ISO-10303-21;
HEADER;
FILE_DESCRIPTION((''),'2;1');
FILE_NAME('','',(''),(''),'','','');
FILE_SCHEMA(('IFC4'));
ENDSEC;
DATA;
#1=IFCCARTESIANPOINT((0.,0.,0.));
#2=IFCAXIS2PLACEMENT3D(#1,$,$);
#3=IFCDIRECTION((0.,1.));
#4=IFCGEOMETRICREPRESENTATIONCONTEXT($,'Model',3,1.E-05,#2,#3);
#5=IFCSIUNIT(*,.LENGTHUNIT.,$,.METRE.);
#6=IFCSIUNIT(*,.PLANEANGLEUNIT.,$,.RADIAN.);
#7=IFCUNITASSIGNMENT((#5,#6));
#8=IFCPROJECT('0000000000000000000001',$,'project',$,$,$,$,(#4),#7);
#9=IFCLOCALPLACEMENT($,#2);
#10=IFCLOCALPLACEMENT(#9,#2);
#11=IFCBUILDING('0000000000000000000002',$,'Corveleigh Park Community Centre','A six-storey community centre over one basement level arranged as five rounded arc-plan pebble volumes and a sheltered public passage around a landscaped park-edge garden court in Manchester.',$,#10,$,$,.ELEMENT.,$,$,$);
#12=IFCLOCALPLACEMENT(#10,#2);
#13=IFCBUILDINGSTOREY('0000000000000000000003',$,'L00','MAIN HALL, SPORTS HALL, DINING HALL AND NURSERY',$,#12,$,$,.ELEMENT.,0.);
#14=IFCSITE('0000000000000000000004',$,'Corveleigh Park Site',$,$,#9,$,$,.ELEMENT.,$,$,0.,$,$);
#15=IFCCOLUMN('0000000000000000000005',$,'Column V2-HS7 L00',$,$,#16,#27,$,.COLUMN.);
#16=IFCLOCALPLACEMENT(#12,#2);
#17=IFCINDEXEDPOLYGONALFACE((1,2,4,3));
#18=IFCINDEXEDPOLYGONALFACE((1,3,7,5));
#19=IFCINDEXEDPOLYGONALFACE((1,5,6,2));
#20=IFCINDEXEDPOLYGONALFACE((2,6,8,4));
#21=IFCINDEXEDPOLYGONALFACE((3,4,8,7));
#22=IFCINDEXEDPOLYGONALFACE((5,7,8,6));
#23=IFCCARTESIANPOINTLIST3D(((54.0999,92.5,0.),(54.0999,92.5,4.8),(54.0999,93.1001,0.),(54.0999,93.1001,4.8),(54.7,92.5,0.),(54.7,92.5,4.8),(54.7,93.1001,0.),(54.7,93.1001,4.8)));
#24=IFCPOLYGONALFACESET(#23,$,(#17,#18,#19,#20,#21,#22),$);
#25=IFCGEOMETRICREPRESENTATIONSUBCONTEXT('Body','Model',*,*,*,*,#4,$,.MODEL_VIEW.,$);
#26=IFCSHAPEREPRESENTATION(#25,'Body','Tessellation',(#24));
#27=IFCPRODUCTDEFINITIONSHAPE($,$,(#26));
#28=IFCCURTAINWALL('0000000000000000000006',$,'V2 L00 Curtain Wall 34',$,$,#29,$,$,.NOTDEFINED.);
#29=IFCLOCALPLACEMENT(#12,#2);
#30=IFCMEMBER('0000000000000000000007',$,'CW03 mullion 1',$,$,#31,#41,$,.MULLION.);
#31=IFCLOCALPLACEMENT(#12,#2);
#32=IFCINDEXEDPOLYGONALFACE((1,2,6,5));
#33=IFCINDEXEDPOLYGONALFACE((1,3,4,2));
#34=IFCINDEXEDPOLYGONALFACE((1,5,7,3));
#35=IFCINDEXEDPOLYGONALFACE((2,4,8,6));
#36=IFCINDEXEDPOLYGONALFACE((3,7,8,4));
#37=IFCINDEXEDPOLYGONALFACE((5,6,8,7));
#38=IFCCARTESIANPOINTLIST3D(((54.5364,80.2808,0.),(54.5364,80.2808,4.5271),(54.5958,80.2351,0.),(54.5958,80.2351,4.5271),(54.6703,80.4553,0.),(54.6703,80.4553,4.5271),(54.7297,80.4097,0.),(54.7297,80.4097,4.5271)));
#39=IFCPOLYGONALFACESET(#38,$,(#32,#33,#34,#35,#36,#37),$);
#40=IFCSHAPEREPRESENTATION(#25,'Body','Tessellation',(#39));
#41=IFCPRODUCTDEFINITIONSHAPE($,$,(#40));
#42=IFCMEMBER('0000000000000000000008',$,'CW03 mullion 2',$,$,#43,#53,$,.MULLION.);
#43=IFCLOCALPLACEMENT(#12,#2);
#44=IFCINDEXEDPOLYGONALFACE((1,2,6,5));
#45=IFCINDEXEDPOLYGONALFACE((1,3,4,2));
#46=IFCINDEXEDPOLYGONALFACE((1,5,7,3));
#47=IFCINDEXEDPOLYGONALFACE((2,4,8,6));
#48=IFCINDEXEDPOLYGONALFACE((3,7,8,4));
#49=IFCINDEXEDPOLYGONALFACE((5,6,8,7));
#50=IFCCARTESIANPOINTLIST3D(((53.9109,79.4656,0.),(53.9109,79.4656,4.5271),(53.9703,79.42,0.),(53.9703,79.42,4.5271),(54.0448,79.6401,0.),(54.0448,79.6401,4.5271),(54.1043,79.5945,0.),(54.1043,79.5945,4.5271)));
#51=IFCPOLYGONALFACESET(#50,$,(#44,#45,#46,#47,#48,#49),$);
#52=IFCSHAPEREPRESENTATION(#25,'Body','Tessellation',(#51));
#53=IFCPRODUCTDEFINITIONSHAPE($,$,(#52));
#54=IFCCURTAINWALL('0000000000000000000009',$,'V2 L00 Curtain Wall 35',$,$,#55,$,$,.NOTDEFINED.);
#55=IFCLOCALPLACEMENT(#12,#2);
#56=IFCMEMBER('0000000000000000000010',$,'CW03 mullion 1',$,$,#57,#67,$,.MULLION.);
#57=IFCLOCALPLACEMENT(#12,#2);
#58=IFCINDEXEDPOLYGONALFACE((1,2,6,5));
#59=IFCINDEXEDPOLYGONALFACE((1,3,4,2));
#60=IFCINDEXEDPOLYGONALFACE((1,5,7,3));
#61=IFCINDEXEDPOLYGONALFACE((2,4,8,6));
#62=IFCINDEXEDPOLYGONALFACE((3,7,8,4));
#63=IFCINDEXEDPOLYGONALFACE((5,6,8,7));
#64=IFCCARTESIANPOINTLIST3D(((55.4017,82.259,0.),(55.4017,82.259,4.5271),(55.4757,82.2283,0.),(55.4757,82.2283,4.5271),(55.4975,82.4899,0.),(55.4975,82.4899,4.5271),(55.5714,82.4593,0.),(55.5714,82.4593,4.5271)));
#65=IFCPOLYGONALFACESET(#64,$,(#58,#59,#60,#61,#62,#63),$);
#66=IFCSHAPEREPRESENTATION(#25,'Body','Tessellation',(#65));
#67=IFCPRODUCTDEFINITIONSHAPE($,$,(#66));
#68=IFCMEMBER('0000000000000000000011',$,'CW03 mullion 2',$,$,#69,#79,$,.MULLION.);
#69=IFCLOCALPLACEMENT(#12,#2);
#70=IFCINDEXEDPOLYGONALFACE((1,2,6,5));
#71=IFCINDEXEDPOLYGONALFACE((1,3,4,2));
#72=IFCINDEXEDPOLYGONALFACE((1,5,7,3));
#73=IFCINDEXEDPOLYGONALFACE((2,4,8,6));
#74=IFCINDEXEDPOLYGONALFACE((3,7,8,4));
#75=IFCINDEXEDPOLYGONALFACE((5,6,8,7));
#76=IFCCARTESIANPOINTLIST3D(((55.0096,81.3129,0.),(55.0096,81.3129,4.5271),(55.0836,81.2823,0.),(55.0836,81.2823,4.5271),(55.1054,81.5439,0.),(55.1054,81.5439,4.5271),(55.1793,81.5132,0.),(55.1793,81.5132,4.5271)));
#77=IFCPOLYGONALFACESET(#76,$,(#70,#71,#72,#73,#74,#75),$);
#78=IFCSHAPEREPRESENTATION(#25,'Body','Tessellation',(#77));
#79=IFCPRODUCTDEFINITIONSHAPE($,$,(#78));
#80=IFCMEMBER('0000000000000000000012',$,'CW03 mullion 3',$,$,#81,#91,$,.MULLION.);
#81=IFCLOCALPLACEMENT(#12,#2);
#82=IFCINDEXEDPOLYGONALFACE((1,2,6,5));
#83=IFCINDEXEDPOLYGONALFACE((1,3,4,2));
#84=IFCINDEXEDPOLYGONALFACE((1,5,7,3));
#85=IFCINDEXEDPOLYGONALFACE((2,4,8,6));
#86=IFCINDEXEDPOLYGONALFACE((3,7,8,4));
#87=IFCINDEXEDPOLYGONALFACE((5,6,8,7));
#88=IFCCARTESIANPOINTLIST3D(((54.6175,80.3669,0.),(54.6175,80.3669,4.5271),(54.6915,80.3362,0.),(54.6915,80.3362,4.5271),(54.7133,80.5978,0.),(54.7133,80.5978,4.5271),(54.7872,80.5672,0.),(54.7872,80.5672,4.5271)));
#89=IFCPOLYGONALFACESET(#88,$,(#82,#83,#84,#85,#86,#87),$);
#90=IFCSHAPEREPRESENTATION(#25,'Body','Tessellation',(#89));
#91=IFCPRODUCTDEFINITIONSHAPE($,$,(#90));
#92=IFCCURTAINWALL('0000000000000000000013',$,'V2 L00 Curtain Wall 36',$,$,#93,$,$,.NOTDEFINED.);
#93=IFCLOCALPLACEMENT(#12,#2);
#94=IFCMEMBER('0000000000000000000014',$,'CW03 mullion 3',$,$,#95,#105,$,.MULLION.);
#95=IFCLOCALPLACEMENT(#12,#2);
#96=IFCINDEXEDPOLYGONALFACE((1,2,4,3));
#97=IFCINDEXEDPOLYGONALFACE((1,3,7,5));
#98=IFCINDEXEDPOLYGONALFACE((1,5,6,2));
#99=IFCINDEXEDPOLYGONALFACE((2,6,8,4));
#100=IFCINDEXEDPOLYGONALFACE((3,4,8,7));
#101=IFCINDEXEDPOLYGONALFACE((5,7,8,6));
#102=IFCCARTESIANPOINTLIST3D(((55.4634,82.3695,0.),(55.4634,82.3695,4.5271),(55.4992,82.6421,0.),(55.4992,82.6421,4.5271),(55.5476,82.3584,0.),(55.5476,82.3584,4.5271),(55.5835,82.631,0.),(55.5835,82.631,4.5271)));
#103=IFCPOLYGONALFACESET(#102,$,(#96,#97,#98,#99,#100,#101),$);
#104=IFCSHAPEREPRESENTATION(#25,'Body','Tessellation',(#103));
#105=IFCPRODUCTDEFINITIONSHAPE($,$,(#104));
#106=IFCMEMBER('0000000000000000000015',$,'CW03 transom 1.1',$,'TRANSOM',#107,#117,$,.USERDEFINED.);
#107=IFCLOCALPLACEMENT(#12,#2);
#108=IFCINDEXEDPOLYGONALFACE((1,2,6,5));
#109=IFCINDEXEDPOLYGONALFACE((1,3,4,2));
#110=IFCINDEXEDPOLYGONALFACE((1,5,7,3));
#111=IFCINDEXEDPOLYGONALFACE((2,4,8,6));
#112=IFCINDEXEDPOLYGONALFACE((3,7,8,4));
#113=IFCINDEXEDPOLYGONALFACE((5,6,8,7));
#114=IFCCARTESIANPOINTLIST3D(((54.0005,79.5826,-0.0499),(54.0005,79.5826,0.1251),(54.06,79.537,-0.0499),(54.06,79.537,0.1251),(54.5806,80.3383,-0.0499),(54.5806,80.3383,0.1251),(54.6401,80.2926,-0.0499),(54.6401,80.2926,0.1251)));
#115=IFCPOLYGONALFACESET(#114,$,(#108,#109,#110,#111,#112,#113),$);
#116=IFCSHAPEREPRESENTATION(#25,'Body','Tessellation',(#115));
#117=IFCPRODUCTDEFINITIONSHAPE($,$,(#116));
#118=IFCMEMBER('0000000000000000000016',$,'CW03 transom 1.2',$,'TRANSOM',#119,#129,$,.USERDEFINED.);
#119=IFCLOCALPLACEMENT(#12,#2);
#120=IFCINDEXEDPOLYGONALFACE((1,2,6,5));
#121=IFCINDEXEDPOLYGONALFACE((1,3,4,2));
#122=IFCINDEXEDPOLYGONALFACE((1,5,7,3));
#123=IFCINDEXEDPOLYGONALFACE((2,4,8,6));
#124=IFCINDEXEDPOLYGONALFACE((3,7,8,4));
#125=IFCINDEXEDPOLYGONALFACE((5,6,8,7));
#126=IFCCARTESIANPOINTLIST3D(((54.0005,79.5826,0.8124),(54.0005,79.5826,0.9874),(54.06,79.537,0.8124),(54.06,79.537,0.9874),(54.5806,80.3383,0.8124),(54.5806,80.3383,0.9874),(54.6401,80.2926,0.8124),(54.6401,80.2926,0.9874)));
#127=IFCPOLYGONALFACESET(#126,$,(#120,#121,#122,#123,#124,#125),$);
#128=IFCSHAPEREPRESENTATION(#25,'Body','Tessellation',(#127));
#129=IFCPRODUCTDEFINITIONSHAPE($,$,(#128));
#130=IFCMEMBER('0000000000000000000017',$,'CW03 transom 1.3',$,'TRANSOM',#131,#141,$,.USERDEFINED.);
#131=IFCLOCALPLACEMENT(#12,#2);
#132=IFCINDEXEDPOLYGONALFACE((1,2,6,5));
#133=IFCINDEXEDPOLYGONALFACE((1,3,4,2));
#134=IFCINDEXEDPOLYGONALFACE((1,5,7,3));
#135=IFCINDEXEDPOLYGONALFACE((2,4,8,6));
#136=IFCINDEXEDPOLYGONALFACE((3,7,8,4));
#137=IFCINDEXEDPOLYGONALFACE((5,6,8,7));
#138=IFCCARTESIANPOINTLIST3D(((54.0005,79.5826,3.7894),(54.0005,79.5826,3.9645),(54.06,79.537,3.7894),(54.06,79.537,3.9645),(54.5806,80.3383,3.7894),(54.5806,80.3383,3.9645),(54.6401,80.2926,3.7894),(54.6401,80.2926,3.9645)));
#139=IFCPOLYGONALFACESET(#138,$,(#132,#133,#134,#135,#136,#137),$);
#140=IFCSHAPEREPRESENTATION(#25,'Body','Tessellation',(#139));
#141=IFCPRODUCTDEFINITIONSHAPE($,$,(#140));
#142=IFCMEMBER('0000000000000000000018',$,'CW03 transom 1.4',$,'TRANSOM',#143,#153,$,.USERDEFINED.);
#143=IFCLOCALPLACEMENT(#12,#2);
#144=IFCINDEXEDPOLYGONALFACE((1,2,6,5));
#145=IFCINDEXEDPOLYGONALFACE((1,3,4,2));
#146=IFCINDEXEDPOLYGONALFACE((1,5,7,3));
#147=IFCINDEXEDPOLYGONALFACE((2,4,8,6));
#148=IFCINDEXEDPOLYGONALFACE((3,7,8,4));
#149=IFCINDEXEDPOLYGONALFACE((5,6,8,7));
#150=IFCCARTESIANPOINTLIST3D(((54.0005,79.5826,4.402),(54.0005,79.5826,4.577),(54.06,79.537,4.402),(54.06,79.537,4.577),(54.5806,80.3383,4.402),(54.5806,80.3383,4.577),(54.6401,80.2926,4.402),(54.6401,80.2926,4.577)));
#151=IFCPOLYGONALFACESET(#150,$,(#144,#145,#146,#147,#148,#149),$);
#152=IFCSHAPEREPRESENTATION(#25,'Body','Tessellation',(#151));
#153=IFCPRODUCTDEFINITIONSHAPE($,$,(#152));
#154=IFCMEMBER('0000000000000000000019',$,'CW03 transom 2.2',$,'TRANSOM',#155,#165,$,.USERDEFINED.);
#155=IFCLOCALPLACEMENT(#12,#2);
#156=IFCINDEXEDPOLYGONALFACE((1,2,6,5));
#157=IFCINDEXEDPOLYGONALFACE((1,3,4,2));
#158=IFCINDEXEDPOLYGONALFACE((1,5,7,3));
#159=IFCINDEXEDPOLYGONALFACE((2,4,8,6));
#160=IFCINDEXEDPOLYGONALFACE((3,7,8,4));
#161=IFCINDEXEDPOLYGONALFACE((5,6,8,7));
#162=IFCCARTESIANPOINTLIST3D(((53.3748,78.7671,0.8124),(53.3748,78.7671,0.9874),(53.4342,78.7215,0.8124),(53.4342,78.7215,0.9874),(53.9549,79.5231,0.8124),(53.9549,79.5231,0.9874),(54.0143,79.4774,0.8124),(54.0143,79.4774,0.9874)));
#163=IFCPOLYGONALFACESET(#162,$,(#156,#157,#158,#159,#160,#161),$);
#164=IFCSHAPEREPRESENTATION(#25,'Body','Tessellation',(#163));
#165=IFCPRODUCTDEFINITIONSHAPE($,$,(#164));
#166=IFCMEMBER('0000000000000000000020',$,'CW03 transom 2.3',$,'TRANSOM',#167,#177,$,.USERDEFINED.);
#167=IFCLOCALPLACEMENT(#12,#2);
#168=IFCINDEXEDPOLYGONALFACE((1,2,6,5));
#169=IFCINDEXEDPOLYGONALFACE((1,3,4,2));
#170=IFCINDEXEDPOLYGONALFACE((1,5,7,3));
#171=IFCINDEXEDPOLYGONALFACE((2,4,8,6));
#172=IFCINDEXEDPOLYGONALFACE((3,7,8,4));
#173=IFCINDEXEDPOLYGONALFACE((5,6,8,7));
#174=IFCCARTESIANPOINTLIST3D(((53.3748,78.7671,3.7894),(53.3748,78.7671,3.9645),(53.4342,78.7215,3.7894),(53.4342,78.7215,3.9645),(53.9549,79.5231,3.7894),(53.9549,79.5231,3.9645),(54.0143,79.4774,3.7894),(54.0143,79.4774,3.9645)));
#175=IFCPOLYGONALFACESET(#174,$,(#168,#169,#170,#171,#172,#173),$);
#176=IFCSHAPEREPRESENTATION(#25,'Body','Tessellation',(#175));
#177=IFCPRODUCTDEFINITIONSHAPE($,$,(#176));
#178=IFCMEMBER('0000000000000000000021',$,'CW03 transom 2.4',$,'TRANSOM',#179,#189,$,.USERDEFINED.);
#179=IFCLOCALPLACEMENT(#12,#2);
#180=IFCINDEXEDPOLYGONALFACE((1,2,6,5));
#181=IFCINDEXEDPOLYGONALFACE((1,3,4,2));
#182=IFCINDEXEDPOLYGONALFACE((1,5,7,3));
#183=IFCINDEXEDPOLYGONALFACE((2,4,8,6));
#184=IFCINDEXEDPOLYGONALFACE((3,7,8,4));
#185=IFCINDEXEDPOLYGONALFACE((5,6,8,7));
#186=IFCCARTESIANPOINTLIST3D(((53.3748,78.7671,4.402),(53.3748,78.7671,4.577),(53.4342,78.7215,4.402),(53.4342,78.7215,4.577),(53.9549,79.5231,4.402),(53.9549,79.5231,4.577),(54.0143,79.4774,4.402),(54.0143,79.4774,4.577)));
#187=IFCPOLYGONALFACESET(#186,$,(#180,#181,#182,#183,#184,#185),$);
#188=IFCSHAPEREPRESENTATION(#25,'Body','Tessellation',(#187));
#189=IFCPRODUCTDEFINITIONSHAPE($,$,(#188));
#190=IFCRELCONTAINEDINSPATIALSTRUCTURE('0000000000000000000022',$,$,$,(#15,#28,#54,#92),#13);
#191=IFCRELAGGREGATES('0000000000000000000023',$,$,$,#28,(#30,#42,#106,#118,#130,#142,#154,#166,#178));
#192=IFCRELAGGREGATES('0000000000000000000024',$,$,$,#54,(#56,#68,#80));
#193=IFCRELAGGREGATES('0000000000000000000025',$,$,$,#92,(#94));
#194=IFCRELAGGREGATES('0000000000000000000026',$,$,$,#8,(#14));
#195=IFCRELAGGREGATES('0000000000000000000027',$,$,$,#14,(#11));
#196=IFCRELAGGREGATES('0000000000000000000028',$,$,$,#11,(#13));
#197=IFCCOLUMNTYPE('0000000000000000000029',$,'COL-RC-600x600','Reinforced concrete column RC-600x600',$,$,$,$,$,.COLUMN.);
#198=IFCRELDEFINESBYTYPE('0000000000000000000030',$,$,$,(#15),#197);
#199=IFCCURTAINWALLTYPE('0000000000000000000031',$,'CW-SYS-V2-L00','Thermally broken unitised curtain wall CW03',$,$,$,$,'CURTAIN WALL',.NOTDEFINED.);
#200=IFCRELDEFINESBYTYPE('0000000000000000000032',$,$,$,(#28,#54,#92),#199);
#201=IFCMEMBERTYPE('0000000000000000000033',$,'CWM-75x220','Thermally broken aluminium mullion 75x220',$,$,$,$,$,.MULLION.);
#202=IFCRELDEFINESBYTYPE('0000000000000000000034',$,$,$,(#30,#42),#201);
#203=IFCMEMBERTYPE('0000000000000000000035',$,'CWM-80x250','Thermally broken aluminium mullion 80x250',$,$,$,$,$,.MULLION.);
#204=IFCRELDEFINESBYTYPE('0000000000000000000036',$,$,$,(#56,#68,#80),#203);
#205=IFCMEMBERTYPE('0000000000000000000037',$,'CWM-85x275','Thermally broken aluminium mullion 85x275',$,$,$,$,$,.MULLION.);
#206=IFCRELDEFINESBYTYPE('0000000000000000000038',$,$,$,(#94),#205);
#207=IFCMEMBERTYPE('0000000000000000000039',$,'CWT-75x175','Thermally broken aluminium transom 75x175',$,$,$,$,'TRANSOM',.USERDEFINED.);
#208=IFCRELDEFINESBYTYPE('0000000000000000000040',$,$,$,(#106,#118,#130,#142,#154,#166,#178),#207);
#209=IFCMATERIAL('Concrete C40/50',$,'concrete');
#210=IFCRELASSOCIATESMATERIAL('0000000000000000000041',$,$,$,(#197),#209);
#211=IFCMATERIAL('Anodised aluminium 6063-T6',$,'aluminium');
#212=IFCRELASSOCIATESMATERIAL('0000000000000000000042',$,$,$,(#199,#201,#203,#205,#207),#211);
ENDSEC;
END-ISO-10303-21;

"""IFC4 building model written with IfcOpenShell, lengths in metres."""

from ifc_helpers import new_model, si_unit, direction, frame, origin, origin_2d, place, context, subcontext, project, spatial, rectangle, extrude, material, material_profile, profile_set, type_object, element, aggregate, save


model = new_model("IFC4")

# Units and contexts
model_context = context("Model", 3, precision=1e-05, world=origin(), true_north=direction((0.0, 1.0)))
body_context = subcontext(model_context, "Body", "Model", "MODEL_VIEW")
ifc_project = project(units=[si_unit("LENGTHUNIT", "METRE"), si_unit("PLANEANGLEUNIT", "RADIAN")], contexts=[model_context])

# Site, building, storey
site_placement = place(None, origin())
site = spatial("IfcSite", under=ifc_project, at=site_placement, Name="Corveleigh Park Site", CompositionType="ELEMENT", RefElevation=0.0)
building_placement = place(site_placement, origin())
building = spatial("IfcBuilding", under=site, at=building_placement, Name="Corveleigh Park Community Centre", Description="A six-storey community centre over one basement level arranged as five rounded arc-plan pebble volumes and a sheltered public passage around a landscaped park-edge garden court in Manchester.", CompositionType="ELEMENT")
storey_placement = place(building_placement, origin())
storey = spatial("IfcBuildingStorey", under=building, at=storey_placement, Name="L00", Description="MAIN HALL, SPORTS HALL, DINING HALL AND NURSERY", CompositionType="ELEMENT", Elevation=0.0)

# Column
ifc_material_1 = material(Name="Concrete C40/50", Category="concrete")
ifc_material_profile_1 = material_profile(ifc_material_1, rectangle(XDim=0.6001, YDim=0.6001, at=origin_2d()), Name="RC-600x600", Category="concrete")
ifc_profile_set_1 = profile_set([ifc_material_profile_1], Name="Concrete C40/50")
column_type = type_object("IfcColumnType", Name="COL-RC-600x600", Description="Reinforced concrete column RC-600x600", PredefinedType="COLUMN", material=ifc_profile_set_1)
column_placement = place(storey_placement, frame((54.3999, 92.8, 0.0), z_axis=(0.0, 0.0, 1.0), x_axis=(1.0, 0.0, 0.0)))
element("IfcColumn", 1, at=column_placement, inside=storey, type_object=column_type, Name="Column V2-HS7 L00", PredefinedType="COLUMN", context=body_context, shape_type="SweptSolid", body=[
    extrude(rectangle(XDim=0.6001, YDim=0.6001, at=origin_2d()), origin(), (0.0, 0.0, 1.0), 4.8),
])

# Curtain walls, members
ifc_material_2 = material(Name="Anodised aluminium 6063-T6", Category="aluminium")
curtain_wall_type = type_object("IfcCurtainWallType", Name="CW-SYS-V2-L00", Description="Thermally broken unitised curtain wall CW03", ElementType="CURTAIN WALL", PredefinedType="NOTDEFINED", material=ifc_material_2)
curtain_wall_1_placement = place(storey_placement, origin())
curtain_wall_1 = element("IfcCurtainWall", 2, at=curtain_wall_1_placement, inside=storey, type_object=curtain_wall_type, Name="V2 L00 Curtain Wall 34", PredefinedType="NOTDEFINED")
ifc_material_profile_2 = material_profile(ifc_material_2, rectangle(XDim=0.075, YDim=0.22, at=origin_2d()), Name="ALU-M75x220", Category="aluminium")
ifc_profile_set_2 = profile_set([ifc_material_profile_2], Name="Anodised aluminium 6063-T6")
member_type_1 = type_object("IfcMemberType", Name="CWM-75x220", Description="Thermally broken aluminium mullion 75x220", PredefinedType="MULLION", material=ifc_profile_set_2)
member_1_placement = place(storey_placement, frame((54.6331, 80.3452, 0.0), z_axis=(0.0, 0.0, 1.0), x_axis=(0.793304, -0.608826, 0.0)))
member_1 = element("IfcMember", 3, at=member_1_placement, type_object=member_type_1, Name="CW03 mullion 1", PredefinedType="MULLION", context=body_context, shape_type="SweptSolid", body=[
    extrude(rectangle(XDim=0.075, YDim=0.22, at=origin_2d()), origin(), (0.0, 0.0, 1.0), 4.5271),
])
member_2_placement = place(storey_placement, frame((54.0076, 79.53, 0.0), z_axis=(0.0, 0.0, 1.0), x_axis=(0.793304, -0.608826, 0.0)))
member_2 = element("IfcMember", 4, at=member_2_placement, type_object=member_type_1, Name="CW03 mullion 2", PredefinedType="MULLION", context=body_context, shape_type="SweptSolid", body=[
    extrude(rectangle(XDim=0.075, YDim=0.22, at=origin_2d()), origin(), (0.0, 0.0, 1.0), 4.5271),
])
curtain_wall_2_placement = place(storey_placement, origin())
curtain_wall_2 = element("IfcCurtainWall", 5, at=curtain_wall_2_placement, inside=storey, type_object=curtain_wall_type, Name="V2 L00 Curtain Wall 35", PredefinedType="NOTDEFINED")
ifc_material_profile_3 = material_profile(ifc_material_2, rectangle(XDim=0.0801, YDim=0.25, at=origin_2d()), Name="ALU-M80x250", Category="aluminium")
ifc_profile_set_3 = profile_set([ifc_material_profile_3], Name="Anodised aluminium 6063-T6")
member_type_2 = type_object("IfcMemberType", Name="CWM-80x250", Description="Thermally broken aluminium mullion 80x250", PredefinedType="MULLION", material=ifc_profile_set_3)
member_3_placement = place(storey_placement, frame((55.4866, 82.3591, 0.0), z_axis=(0.0, 0.0, 1.0), x_axis=(0.92377, -0.382947, 0.0)))
member_3 = element("IfcMember", 6, at=member_3_placement, type_object=member_type_2, Name="CW03 mullion 1", PredefinedType="MULLION", context=body_context, shape_type="SweptSolid", body=[
    extrude(rectangle(XDim=0.0801, YDim=0.25, at=origin_2d()), origin(), (0.0, 0.0, 1.0), 4.5271),
])
member_4_placement = place(storey_placement, frame((55.0945, 81.4131, 0.0), z_axis=(0.0, 0.0, 1.0), x_axis=(0.92377, -0.382947, 0.0)))
member_4 = element("IfcMember", 7, at=member_4_placement, type_object=member_type_2, Name="CW03 mullion 2", PredefinedType="MULLION", context=body_context, shape_type="SweptSolid", body=[
    extrude(rectangle(XDim=0.0801, YDim=0.25, at=origin_2d()), origin(), (0.0, 0.0, 1.0), 4.5271),
])
member_5_placement = place(storey_placement, frame((54.7024, 80.467, 0.0), z_axis=(0.0, 0.0, 1.0), x_axis=(0.92377, -0.382947, 0.0)))
member_5 = element("IfcMember", 8, at=member_5_placement, type_object=member_type_2, Name="CW03 mullion 3", PredefinedType="MULLION", context=body_context, shape_type="SweptSolid", body=[
    extrude(rectangle(XDim=0.0801, YDim=0.25, at=origin_2d()), origin(), (0.0, 0.0, 1.0), 4.5271),
])

# Curtain wall, member
curtain_wall_3_placement = place(storey_placement, origin())
curtain_wall_3 = element("IfcCurtainWall", 9, at=curtain_wall_3_placement, inside=storey, type_object=curtain_wall_type, Name="V2 L00 Curtain Wall 36", PredefinedType="NOTDEFINED")
ifc_material_profile_4 = material_profile(ifc_material_2, rectangle(XDim=0.085, YDim=0.2749, at=origin_2d()), Name="ALU-M85x275", Category="aluminium")
ifc_profile_set_4 = profile_set([ifc_material_profile_4], Name="Anodised aluminium 6063-T6")
member_type_3 = type_object("IfcMemberType", Name="CWM-85x275", Description="Thermally broken aluminium mullion 85x275", PredefinedType="MULLION", material=ifc_profile_set_4)
member_6_placement = place(storey_placement, frame((55.5234, 82.5002, 0.0), z_axis=(0.0, 0.0, 1.0), x_axis=(0.991457, -0.13043, 0.0)))
member_6 = element("IfcMember", 10, at=member_6_placement, type_object=member_type_3, Name="CW03 mullion 3", PredefinedType="MULLION", context=body_context, shape_type="SweptSolid", body=[
    extrude(rectangle(XDim=0.085, YDim=0.2749, at=origin_2d()), origin(), (0.0, 0.0, 1.0), 4.5271),
])

# Members
ifc_material_profile_5 = material_profile(ifc_material_2, rectangle(XDim=0.075, YDim=0.175, at=origin_2d()), Name="ALU-T75x175", Category="aluminium")
ifc_profile_set_5 = profile_set([ifc_material_profile_5], Name="Anodised aluminium 6063-T6")
member_type_4 = type_object("IfcMemberType", Name="CWT-75x175", Description="Thermally broken aluminium transom 75x175", ElementType="TRANSOM", PredefinedType="USERDEFINED", material=ifc_profile_set_5)
member_7_placement = place(storey_placement, frame((54.6104, 80.3154, 0.0376), z_axis=(-0.608943, -0.793214, 0.0), x_axis=(0.793214, -0.608943, 0.0)))
member_7 = element("IfcMember", 11, at=member_7_placement, type_object=member_type_4, Name="CW03 transom 1.1", ObjectType="TRANSOM", PredefinedType="USERDEFINED", context=body_context, shape_type="SweptSolid", body=[
    extrude(rectangle(XDim=0.075, YDim=0.175, at=origin_2d()), origin(), (0.0, 0.0, 1.0), 0.9526),
])
member_8_placement = place(storey_placement, frame((54.6104, 80.3154, 0.8999), z_axis=(-0.608943, -0.793214, 0.0), x_axis=(0.793214, -0.608943, 0.0)))
member_8 = element("IfcMember", 12, at=member_8_placement, type_object=member_type_4, Name="CW03 transom 1.2", ObjectType="TRANSOM", PredefinedType="USERDEFINED", context=body_context, shape_type="SweptSolid", body=[
    extrude(rectangle(XDim=0.075, YDim=0.175, at=origin_2d()), origin(), (0.0, 0.0, 1.0), 0.9526),
])
member_9_placement = place(storey_placement, frame((54.6104, 80.3154, 3.877), z_axis=(-0.608943, -0.793214, 0.0), x_axis=(0.793214, -0.608943, 0.0)))
member_9 = element("IfcMember", 13, at=member_9_placement, type_object=member_type_4, Name="CW03 transom 1.3", ObjectType="TRANSOM", PredefinedType="USERDEFINED", context=body_context, shape_type="SweptSolid", body=[
    extrude(rectangle(XDim=0.075, YDim=0.175, at=origin_2d()), origin(), (0.0, 0.0, 1.0), 0.9526),
])
member_10_placement = place(storey_placement, frame((54.6104, 80.3154, 4.4895), z_axis=(-0.608943, -0.793214, 0.0), x_axis=(0.793214, -0.608943, 0.0)))
member_10 = element("IfcMember", 14, at=member_10_placement, type_object=member_type_4, Name="CW03 transom 1.4", ObjectType="TRANSOM", PredefinedType="USERDEFINED", context=body_context, shape_type="SweptSolid", body=[
    extrude(rectangle(XDim=0.075, YDim=0.175, at=origin_2d()), origin(), (0.0, 0.0, 1.0), 0.9526),
])
member_11_placement = place(storey_placement, frame((53.9846, 79.5002, 0.8999), z_axis=(-0.608819, -0.793309, 0.0), x_axis=(0.793309, -0.608819, 0.0)))
member_11 = element("IfcMember", 15, at=member_11_placement, type_object=member_type_4, Name="CW03 transom 2.2", ObjectType="TRANSOM", PredefinedType="USERDEFINED", context=body_context, shape_type="SweptSolid", body=[
    extrude(rectangle(XDim=0.075, YDim=0.175, at=origin_2d()), origin(), (0.0, 0.0, 1.0), 0.9529),
])
member_12_placement = place(storey_placement, frame((53.9846, 79.5002, 3.877), z_axis=(-0.608819, -0.793309, 0.0), x_axis=(0.793309, -0.608819, 0.0)))
member_12 = element("IfcMember", 16, at=member_12_placement, type_object=member_type_4, Name="CW03 transom 2.3", ObjectType="TRANSOM", PredefinedType="USERDEFINED", context=body_context, shape_type="SweptSolid", body=[
    extrude(rectangle(XDim=0.075, YDim=0.175, at=origin_2d()), origin(), (0.0, 0.0, 1.0), 0.9529),
])
member_13_placement = place(storey_placement, frame((53.9846, 79.5002, 4.4895), z_axis=(-0.608819, -0.793309, 0.0), x_axis=(0.793309, -0.608819, 0.0)))
member_13 = element("IfcMember", 17, at=member_13_placement, type_object=member_type_4, Name="CW03 transom 2.4", ObjectType="TRANSOM", PredefinedType="USERDEFINED", context=body_context, shape_type="SweptSolid", body=[
    extrude(rectangle(XDim=0.075, YDim=0.175, at=origin_2d()), origin(), (0.0, 0.0, 1.0), 0.9529),
])

aggregate(curtain_wall_1, [member_1, member_2, member_7, member_8, member_9, member_10, member_11, member_12, member_13])
aggregate(curtain_wall_2, [member_3, member_4, member_5])
aggregate(curtain_wall_3, [member_6])

save(model, "model.ifc")
